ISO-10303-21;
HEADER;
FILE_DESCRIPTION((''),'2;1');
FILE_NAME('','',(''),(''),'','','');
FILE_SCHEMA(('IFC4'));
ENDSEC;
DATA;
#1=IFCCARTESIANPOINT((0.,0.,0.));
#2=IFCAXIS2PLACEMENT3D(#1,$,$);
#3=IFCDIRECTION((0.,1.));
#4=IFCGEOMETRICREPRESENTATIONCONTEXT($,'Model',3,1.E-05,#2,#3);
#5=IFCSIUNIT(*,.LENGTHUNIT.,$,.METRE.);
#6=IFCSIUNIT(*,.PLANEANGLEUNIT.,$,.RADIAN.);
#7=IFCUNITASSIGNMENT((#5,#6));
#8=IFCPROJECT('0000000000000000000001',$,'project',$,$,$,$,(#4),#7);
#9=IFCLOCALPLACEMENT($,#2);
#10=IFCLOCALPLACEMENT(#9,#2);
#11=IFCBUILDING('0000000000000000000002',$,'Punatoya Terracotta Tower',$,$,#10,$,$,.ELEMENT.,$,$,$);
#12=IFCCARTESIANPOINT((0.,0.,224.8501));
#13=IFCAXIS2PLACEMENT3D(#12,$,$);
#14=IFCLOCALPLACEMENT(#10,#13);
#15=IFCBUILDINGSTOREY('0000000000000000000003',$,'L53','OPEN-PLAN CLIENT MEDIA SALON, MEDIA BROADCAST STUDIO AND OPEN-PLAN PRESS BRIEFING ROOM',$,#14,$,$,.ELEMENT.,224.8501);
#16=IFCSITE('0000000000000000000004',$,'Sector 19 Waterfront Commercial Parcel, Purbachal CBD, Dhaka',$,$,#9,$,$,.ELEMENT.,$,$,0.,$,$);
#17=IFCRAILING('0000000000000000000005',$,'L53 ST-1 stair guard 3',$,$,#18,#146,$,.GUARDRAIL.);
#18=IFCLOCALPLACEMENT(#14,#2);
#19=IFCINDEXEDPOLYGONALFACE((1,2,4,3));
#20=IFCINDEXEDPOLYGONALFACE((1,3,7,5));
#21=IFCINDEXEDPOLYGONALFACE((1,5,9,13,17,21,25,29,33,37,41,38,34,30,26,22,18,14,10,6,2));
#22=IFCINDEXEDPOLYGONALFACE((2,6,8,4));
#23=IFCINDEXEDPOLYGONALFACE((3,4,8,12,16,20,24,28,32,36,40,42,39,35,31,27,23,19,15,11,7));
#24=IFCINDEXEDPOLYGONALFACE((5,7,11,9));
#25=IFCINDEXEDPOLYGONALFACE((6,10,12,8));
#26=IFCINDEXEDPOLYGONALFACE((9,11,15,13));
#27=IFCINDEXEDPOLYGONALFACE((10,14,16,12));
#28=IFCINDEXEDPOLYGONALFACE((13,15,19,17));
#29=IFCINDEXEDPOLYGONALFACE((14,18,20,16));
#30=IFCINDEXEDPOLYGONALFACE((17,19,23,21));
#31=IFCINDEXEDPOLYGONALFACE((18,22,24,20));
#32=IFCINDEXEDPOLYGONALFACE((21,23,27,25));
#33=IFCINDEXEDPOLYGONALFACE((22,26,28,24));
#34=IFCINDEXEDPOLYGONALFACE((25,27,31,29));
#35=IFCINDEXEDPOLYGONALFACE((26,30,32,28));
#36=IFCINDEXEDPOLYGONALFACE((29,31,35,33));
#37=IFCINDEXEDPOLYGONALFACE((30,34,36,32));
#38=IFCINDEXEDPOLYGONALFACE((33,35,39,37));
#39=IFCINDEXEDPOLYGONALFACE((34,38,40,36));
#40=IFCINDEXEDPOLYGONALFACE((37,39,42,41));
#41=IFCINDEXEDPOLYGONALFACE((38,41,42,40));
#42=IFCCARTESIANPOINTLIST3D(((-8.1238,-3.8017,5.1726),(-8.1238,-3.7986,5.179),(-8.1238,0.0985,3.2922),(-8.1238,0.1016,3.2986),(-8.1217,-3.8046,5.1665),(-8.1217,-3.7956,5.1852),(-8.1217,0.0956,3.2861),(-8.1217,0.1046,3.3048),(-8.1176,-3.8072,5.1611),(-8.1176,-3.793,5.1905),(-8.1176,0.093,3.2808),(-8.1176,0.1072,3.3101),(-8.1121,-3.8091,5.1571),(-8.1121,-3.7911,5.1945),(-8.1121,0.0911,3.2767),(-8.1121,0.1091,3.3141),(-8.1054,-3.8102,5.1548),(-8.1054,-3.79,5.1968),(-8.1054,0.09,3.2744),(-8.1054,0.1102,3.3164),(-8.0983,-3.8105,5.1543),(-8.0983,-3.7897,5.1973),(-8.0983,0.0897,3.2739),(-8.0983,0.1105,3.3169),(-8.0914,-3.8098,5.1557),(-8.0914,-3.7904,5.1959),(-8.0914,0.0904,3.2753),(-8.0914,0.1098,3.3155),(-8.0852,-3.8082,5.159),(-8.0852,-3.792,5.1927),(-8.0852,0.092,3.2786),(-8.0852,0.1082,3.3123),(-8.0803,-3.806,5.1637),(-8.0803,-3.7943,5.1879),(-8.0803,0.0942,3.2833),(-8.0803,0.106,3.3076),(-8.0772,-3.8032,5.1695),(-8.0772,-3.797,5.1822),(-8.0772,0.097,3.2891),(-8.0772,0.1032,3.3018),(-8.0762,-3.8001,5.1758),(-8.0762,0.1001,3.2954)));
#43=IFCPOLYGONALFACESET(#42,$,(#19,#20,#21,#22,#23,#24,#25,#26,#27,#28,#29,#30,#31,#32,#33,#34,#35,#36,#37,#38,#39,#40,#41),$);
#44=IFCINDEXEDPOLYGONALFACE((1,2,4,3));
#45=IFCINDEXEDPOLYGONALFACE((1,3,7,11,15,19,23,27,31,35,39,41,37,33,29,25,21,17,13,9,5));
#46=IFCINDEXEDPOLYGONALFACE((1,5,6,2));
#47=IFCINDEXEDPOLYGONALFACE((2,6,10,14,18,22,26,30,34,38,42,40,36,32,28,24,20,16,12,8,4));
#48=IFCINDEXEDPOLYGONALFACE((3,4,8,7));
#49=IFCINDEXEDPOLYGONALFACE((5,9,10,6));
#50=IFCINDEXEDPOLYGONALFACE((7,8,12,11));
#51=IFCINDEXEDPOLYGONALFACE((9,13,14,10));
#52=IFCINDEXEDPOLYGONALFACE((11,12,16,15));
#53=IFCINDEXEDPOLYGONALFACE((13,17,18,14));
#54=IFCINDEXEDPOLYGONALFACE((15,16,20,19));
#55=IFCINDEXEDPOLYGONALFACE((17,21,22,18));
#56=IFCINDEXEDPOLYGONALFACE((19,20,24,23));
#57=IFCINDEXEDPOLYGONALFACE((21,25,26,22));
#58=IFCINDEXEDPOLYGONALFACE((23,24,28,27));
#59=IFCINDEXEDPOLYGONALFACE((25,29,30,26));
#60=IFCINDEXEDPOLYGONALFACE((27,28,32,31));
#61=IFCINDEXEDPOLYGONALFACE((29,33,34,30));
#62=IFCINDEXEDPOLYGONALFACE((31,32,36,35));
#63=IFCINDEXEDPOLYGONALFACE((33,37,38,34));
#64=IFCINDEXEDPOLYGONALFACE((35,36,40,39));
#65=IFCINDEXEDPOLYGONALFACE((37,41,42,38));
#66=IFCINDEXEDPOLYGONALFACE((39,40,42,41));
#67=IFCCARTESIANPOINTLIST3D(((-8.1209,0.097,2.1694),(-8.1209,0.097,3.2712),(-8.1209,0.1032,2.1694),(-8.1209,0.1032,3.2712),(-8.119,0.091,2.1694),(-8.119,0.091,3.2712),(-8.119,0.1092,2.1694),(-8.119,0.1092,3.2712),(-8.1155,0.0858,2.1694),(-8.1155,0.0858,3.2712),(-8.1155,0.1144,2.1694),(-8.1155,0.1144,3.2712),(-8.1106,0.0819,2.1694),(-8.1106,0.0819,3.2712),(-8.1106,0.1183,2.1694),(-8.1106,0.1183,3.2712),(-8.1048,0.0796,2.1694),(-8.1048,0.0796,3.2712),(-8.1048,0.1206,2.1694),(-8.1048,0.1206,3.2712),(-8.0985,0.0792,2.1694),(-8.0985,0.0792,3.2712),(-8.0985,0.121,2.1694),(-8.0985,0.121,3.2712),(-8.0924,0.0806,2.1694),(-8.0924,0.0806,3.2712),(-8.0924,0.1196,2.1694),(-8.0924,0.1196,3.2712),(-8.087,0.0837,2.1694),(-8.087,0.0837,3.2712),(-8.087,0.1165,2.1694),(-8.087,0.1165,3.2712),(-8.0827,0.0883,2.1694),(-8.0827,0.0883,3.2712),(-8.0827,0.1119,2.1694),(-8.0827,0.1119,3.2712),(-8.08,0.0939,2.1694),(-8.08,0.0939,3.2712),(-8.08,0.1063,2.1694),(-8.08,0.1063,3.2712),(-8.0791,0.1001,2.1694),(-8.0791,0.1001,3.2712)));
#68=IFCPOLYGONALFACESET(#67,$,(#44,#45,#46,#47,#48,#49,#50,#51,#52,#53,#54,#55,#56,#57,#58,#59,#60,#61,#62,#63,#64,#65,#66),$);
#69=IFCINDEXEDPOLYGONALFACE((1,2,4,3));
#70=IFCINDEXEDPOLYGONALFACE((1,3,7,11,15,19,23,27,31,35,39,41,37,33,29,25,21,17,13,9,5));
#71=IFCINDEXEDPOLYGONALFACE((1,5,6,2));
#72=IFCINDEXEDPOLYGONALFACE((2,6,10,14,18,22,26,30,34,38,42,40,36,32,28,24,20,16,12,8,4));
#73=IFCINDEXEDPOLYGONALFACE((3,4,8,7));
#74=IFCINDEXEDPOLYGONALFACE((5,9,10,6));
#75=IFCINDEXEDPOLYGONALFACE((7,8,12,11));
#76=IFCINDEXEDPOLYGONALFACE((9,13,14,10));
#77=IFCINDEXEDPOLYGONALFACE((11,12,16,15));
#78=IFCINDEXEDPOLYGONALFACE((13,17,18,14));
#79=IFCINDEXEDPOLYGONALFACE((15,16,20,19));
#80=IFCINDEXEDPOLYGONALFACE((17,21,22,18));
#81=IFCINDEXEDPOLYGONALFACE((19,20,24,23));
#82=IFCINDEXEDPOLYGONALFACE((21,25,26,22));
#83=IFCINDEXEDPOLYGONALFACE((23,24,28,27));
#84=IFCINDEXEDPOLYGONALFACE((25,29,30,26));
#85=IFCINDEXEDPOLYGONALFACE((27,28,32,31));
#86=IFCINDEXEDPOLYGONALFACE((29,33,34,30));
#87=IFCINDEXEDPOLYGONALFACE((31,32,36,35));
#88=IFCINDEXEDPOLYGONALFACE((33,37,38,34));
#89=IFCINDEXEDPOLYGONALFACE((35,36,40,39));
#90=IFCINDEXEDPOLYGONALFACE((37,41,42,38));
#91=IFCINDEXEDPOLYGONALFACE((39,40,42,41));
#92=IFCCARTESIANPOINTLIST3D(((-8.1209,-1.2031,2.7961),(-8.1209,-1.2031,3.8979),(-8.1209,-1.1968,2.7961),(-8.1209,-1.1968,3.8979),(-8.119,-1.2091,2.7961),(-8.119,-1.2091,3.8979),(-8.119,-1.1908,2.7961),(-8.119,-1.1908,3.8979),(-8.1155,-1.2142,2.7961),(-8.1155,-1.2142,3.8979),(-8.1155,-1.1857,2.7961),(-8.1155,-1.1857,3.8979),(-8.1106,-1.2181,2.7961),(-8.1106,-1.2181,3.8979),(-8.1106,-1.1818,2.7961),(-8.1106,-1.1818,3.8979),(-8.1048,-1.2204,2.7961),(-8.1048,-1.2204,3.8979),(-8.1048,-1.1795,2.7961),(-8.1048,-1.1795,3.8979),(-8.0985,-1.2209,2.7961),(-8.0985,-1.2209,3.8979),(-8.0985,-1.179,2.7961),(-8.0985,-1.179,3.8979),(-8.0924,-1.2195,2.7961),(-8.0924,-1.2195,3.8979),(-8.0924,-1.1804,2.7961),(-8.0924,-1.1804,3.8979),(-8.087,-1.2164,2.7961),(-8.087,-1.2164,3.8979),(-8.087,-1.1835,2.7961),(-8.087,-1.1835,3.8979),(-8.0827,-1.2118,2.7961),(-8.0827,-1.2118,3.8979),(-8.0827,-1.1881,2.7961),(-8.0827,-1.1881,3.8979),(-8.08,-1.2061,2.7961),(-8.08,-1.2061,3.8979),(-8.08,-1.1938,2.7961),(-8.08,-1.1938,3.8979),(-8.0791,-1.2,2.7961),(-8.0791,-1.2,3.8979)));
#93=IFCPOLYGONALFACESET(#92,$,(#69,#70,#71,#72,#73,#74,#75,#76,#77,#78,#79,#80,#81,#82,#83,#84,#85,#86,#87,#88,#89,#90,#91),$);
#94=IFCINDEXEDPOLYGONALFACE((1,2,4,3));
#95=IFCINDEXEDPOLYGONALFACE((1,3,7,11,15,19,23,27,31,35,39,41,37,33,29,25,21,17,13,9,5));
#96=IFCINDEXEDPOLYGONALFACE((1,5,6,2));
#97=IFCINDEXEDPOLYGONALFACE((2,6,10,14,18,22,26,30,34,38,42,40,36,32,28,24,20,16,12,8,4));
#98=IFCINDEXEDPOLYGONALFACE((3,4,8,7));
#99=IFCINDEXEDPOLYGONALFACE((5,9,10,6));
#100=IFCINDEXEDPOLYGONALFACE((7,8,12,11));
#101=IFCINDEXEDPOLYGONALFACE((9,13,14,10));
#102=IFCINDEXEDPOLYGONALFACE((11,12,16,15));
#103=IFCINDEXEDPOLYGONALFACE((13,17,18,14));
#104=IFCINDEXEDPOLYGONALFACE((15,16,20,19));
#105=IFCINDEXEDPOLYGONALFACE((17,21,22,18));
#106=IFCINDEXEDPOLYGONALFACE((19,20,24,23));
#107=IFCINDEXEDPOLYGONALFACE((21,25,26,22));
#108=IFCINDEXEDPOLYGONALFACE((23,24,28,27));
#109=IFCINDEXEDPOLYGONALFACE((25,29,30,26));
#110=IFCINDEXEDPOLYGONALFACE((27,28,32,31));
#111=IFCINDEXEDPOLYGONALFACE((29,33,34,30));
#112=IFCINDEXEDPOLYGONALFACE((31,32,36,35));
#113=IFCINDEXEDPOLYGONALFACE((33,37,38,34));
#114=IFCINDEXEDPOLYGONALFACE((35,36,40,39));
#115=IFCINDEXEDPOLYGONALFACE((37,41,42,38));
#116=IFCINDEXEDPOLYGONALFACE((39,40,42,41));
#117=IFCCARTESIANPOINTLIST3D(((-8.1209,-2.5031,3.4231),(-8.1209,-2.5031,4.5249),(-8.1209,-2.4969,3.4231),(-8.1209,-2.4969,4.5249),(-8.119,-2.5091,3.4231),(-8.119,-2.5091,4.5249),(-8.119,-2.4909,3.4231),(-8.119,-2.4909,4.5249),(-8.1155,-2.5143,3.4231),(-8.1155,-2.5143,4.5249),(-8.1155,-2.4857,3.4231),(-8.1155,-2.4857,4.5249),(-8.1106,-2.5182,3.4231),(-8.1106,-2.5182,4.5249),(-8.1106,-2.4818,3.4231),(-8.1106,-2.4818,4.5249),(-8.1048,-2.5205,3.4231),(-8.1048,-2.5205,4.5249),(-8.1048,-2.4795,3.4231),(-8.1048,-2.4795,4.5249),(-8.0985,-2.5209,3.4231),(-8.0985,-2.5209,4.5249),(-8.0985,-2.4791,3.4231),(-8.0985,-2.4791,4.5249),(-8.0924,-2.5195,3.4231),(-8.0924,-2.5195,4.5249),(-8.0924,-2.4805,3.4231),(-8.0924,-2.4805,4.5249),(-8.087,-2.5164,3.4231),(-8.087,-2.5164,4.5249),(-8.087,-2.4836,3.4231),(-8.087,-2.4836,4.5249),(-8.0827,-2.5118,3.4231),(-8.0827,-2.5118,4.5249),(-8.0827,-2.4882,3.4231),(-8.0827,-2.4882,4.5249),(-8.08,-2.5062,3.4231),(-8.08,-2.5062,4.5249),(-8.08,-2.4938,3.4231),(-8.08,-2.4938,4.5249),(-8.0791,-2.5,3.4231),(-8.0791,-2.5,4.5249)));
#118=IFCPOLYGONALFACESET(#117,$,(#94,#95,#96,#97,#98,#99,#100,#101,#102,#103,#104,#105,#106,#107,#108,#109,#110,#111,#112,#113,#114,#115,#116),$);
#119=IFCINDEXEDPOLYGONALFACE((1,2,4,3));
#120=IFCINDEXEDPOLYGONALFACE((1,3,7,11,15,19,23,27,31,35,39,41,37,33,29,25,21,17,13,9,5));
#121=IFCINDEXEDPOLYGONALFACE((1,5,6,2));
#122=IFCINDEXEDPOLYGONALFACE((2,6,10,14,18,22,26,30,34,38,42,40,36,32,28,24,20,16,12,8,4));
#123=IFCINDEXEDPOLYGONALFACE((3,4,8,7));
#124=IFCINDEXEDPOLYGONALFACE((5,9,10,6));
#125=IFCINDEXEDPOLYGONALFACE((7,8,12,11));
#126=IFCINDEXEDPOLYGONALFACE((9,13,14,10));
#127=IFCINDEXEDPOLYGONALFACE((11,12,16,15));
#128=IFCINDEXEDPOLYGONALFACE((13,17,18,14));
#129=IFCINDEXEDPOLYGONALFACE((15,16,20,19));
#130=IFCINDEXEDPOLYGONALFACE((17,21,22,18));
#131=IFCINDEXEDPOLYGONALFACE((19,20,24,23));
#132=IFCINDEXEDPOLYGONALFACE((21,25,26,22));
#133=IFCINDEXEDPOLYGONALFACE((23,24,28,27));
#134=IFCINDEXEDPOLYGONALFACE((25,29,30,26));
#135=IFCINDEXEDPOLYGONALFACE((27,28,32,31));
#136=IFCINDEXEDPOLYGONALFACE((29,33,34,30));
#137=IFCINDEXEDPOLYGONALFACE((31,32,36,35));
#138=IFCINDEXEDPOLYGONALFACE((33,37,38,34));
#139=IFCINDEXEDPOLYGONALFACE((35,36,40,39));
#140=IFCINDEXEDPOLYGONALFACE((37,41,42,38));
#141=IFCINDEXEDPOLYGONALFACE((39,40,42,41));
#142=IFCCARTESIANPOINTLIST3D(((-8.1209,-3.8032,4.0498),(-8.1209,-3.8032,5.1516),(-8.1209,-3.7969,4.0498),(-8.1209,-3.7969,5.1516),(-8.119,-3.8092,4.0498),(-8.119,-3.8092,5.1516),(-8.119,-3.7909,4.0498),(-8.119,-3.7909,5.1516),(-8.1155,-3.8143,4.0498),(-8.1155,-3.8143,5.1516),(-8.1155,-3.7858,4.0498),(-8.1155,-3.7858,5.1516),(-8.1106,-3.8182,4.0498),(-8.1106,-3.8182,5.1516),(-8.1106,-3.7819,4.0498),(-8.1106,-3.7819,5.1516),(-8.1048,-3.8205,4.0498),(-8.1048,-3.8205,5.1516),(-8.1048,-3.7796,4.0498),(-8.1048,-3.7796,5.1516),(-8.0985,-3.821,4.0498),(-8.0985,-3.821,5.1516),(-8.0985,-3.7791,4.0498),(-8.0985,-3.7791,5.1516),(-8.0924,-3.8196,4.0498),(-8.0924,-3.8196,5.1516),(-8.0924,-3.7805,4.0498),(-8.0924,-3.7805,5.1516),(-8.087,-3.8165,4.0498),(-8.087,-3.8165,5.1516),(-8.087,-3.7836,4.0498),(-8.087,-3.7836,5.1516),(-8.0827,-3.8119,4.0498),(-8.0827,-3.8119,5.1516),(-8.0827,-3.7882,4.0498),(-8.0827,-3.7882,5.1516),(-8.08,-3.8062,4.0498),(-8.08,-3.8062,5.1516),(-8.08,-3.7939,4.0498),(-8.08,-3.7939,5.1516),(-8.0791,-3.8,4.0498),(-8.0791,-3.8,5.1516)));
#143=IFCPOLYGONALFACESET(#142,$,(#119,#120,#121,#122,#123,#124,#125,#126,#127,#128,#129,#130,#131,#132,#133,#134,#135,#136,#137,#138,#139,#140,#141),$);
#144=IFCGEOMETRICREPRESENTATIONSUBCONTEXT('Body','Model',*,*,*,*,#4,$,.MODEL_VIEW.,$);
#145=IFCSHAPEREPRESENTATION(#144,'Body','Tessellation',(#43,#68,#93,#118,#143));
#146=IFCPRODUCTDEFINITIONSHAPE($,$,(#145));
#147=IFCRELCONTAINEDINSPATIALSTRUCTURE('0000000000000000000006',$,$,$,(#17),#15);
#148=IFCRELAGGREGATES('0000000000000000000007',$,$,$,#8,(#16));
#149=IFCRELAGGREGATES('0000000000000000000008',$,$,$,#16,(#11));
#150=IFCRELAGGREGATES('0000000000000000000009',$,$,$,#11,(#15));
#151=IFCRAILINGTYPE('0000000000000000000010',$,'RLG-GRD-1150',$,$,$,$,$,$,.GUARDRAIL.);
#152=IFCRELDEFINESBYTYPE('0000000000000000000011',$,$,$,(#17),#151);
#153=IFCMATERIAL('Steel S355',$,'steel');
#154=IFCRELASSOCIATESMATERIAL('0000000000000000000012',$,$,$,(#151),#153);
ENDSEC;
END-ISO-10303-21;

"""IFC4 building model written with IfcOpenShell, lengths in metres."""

from ifc_helpers import new_model, si_unit, direction, frame, origin, origin_2d, place, context, subcontext, project, spatial, circle, extrude, material, type_object, element, save


model = new_model("IFC4")

# Units and contexts
model_context = context("Model", 3, precision=1e-05, world=origin(), true_north=direction((0.0, 1.0)))
body_context = subcontext(model_context, "Body", "Model", "MODEL_VIEW")
ifc_project = project(units=[si_unit("LENGTHUNIT", "METRE"), si_unit("PLANEANGLEUNIT", "RADIAN")], contexts=[model_context])

# Site, building, storey
site_placement = place(None, origin())
site = spatial("IfcSite", under=ifc_project, at=site_placement, Name="Sector 19 Waterfront Commercial Parcel, Purbachal CBD, Dhaka", CompositionType="ELEMENT", RefElevation=0.0)
building_placement = place(site_placement, origin())
building = spatial("IfcBuilding", under=site, at=building_placement, Name="Punatoya Terracotta Tower", CompositionType="ELEMENT")
storey_placement = place(building_placement, frame((0.0, 0.0, 224.8501)))
storey = spatial("IfcBuildingStorey", under=building, at=storey_placement, Name="L53", Description="OPEN-PLAN CLIENT MEDIA SALON, MEDIA BROADCAST STUDIO AND OPEN-PLAN PRESS BRIEFING ROOM", CompositionType="ELEMENT", Elevation=224.8501)

# Shared definitions
ifc_material_1 = material(Name="Steel S355", Category="steel")

# Railing
railing_type_1 = type_object("IfcRailingType", Name="RLG-GRD-1150", PredefinedType="GUARDRAIL", material=ifc_material_1)
railing_1_placement = place(storey_placement, frame((-8.1001, 0.1001, 2.1694)))
element("IfcRailing", 1, at=railing_1_placement, inside=storey, type_object=railing_type_1, Name="L53 ST-1 stair guard 3", PredefinedType="GUARDRAIL", context=body_context, shape_type="SweptSolid", body=[
    extrude(circle(Radius=0.0239, at=origin_2d()), frame((0.0, 0.0, 1.126), z_axis=(0.0, -0.900774, 0.434289), x_axis=(1.0, 0.0, 0.0)), (0.0, 0.0, 1.0), 4.3298),
    extrude(circle(Radius=0.021, at=origin_2d()), origin(), (0.0, 0.0, 1.0), 1.1018),
    extrude(circle(Radius=0.021, at=origin_2d()), frame((0.0, -1.3, 0.6267)), (0.0, 0.0, 1.0), 1.1018),
    extrude(circle(Radius=0.021, at=origin_2d()), frame((0.0, -2.6001, 1.2537)), (0.0, 0.0, 1.0), 1.1018),
    extrude(circle(Radius=0.021, at=origin_2d()), frame((0.0, -3.9001, 1.8804)), (0.0, 0.0, 1.0), 1.1018),
])

save(model, "model.ifc")
